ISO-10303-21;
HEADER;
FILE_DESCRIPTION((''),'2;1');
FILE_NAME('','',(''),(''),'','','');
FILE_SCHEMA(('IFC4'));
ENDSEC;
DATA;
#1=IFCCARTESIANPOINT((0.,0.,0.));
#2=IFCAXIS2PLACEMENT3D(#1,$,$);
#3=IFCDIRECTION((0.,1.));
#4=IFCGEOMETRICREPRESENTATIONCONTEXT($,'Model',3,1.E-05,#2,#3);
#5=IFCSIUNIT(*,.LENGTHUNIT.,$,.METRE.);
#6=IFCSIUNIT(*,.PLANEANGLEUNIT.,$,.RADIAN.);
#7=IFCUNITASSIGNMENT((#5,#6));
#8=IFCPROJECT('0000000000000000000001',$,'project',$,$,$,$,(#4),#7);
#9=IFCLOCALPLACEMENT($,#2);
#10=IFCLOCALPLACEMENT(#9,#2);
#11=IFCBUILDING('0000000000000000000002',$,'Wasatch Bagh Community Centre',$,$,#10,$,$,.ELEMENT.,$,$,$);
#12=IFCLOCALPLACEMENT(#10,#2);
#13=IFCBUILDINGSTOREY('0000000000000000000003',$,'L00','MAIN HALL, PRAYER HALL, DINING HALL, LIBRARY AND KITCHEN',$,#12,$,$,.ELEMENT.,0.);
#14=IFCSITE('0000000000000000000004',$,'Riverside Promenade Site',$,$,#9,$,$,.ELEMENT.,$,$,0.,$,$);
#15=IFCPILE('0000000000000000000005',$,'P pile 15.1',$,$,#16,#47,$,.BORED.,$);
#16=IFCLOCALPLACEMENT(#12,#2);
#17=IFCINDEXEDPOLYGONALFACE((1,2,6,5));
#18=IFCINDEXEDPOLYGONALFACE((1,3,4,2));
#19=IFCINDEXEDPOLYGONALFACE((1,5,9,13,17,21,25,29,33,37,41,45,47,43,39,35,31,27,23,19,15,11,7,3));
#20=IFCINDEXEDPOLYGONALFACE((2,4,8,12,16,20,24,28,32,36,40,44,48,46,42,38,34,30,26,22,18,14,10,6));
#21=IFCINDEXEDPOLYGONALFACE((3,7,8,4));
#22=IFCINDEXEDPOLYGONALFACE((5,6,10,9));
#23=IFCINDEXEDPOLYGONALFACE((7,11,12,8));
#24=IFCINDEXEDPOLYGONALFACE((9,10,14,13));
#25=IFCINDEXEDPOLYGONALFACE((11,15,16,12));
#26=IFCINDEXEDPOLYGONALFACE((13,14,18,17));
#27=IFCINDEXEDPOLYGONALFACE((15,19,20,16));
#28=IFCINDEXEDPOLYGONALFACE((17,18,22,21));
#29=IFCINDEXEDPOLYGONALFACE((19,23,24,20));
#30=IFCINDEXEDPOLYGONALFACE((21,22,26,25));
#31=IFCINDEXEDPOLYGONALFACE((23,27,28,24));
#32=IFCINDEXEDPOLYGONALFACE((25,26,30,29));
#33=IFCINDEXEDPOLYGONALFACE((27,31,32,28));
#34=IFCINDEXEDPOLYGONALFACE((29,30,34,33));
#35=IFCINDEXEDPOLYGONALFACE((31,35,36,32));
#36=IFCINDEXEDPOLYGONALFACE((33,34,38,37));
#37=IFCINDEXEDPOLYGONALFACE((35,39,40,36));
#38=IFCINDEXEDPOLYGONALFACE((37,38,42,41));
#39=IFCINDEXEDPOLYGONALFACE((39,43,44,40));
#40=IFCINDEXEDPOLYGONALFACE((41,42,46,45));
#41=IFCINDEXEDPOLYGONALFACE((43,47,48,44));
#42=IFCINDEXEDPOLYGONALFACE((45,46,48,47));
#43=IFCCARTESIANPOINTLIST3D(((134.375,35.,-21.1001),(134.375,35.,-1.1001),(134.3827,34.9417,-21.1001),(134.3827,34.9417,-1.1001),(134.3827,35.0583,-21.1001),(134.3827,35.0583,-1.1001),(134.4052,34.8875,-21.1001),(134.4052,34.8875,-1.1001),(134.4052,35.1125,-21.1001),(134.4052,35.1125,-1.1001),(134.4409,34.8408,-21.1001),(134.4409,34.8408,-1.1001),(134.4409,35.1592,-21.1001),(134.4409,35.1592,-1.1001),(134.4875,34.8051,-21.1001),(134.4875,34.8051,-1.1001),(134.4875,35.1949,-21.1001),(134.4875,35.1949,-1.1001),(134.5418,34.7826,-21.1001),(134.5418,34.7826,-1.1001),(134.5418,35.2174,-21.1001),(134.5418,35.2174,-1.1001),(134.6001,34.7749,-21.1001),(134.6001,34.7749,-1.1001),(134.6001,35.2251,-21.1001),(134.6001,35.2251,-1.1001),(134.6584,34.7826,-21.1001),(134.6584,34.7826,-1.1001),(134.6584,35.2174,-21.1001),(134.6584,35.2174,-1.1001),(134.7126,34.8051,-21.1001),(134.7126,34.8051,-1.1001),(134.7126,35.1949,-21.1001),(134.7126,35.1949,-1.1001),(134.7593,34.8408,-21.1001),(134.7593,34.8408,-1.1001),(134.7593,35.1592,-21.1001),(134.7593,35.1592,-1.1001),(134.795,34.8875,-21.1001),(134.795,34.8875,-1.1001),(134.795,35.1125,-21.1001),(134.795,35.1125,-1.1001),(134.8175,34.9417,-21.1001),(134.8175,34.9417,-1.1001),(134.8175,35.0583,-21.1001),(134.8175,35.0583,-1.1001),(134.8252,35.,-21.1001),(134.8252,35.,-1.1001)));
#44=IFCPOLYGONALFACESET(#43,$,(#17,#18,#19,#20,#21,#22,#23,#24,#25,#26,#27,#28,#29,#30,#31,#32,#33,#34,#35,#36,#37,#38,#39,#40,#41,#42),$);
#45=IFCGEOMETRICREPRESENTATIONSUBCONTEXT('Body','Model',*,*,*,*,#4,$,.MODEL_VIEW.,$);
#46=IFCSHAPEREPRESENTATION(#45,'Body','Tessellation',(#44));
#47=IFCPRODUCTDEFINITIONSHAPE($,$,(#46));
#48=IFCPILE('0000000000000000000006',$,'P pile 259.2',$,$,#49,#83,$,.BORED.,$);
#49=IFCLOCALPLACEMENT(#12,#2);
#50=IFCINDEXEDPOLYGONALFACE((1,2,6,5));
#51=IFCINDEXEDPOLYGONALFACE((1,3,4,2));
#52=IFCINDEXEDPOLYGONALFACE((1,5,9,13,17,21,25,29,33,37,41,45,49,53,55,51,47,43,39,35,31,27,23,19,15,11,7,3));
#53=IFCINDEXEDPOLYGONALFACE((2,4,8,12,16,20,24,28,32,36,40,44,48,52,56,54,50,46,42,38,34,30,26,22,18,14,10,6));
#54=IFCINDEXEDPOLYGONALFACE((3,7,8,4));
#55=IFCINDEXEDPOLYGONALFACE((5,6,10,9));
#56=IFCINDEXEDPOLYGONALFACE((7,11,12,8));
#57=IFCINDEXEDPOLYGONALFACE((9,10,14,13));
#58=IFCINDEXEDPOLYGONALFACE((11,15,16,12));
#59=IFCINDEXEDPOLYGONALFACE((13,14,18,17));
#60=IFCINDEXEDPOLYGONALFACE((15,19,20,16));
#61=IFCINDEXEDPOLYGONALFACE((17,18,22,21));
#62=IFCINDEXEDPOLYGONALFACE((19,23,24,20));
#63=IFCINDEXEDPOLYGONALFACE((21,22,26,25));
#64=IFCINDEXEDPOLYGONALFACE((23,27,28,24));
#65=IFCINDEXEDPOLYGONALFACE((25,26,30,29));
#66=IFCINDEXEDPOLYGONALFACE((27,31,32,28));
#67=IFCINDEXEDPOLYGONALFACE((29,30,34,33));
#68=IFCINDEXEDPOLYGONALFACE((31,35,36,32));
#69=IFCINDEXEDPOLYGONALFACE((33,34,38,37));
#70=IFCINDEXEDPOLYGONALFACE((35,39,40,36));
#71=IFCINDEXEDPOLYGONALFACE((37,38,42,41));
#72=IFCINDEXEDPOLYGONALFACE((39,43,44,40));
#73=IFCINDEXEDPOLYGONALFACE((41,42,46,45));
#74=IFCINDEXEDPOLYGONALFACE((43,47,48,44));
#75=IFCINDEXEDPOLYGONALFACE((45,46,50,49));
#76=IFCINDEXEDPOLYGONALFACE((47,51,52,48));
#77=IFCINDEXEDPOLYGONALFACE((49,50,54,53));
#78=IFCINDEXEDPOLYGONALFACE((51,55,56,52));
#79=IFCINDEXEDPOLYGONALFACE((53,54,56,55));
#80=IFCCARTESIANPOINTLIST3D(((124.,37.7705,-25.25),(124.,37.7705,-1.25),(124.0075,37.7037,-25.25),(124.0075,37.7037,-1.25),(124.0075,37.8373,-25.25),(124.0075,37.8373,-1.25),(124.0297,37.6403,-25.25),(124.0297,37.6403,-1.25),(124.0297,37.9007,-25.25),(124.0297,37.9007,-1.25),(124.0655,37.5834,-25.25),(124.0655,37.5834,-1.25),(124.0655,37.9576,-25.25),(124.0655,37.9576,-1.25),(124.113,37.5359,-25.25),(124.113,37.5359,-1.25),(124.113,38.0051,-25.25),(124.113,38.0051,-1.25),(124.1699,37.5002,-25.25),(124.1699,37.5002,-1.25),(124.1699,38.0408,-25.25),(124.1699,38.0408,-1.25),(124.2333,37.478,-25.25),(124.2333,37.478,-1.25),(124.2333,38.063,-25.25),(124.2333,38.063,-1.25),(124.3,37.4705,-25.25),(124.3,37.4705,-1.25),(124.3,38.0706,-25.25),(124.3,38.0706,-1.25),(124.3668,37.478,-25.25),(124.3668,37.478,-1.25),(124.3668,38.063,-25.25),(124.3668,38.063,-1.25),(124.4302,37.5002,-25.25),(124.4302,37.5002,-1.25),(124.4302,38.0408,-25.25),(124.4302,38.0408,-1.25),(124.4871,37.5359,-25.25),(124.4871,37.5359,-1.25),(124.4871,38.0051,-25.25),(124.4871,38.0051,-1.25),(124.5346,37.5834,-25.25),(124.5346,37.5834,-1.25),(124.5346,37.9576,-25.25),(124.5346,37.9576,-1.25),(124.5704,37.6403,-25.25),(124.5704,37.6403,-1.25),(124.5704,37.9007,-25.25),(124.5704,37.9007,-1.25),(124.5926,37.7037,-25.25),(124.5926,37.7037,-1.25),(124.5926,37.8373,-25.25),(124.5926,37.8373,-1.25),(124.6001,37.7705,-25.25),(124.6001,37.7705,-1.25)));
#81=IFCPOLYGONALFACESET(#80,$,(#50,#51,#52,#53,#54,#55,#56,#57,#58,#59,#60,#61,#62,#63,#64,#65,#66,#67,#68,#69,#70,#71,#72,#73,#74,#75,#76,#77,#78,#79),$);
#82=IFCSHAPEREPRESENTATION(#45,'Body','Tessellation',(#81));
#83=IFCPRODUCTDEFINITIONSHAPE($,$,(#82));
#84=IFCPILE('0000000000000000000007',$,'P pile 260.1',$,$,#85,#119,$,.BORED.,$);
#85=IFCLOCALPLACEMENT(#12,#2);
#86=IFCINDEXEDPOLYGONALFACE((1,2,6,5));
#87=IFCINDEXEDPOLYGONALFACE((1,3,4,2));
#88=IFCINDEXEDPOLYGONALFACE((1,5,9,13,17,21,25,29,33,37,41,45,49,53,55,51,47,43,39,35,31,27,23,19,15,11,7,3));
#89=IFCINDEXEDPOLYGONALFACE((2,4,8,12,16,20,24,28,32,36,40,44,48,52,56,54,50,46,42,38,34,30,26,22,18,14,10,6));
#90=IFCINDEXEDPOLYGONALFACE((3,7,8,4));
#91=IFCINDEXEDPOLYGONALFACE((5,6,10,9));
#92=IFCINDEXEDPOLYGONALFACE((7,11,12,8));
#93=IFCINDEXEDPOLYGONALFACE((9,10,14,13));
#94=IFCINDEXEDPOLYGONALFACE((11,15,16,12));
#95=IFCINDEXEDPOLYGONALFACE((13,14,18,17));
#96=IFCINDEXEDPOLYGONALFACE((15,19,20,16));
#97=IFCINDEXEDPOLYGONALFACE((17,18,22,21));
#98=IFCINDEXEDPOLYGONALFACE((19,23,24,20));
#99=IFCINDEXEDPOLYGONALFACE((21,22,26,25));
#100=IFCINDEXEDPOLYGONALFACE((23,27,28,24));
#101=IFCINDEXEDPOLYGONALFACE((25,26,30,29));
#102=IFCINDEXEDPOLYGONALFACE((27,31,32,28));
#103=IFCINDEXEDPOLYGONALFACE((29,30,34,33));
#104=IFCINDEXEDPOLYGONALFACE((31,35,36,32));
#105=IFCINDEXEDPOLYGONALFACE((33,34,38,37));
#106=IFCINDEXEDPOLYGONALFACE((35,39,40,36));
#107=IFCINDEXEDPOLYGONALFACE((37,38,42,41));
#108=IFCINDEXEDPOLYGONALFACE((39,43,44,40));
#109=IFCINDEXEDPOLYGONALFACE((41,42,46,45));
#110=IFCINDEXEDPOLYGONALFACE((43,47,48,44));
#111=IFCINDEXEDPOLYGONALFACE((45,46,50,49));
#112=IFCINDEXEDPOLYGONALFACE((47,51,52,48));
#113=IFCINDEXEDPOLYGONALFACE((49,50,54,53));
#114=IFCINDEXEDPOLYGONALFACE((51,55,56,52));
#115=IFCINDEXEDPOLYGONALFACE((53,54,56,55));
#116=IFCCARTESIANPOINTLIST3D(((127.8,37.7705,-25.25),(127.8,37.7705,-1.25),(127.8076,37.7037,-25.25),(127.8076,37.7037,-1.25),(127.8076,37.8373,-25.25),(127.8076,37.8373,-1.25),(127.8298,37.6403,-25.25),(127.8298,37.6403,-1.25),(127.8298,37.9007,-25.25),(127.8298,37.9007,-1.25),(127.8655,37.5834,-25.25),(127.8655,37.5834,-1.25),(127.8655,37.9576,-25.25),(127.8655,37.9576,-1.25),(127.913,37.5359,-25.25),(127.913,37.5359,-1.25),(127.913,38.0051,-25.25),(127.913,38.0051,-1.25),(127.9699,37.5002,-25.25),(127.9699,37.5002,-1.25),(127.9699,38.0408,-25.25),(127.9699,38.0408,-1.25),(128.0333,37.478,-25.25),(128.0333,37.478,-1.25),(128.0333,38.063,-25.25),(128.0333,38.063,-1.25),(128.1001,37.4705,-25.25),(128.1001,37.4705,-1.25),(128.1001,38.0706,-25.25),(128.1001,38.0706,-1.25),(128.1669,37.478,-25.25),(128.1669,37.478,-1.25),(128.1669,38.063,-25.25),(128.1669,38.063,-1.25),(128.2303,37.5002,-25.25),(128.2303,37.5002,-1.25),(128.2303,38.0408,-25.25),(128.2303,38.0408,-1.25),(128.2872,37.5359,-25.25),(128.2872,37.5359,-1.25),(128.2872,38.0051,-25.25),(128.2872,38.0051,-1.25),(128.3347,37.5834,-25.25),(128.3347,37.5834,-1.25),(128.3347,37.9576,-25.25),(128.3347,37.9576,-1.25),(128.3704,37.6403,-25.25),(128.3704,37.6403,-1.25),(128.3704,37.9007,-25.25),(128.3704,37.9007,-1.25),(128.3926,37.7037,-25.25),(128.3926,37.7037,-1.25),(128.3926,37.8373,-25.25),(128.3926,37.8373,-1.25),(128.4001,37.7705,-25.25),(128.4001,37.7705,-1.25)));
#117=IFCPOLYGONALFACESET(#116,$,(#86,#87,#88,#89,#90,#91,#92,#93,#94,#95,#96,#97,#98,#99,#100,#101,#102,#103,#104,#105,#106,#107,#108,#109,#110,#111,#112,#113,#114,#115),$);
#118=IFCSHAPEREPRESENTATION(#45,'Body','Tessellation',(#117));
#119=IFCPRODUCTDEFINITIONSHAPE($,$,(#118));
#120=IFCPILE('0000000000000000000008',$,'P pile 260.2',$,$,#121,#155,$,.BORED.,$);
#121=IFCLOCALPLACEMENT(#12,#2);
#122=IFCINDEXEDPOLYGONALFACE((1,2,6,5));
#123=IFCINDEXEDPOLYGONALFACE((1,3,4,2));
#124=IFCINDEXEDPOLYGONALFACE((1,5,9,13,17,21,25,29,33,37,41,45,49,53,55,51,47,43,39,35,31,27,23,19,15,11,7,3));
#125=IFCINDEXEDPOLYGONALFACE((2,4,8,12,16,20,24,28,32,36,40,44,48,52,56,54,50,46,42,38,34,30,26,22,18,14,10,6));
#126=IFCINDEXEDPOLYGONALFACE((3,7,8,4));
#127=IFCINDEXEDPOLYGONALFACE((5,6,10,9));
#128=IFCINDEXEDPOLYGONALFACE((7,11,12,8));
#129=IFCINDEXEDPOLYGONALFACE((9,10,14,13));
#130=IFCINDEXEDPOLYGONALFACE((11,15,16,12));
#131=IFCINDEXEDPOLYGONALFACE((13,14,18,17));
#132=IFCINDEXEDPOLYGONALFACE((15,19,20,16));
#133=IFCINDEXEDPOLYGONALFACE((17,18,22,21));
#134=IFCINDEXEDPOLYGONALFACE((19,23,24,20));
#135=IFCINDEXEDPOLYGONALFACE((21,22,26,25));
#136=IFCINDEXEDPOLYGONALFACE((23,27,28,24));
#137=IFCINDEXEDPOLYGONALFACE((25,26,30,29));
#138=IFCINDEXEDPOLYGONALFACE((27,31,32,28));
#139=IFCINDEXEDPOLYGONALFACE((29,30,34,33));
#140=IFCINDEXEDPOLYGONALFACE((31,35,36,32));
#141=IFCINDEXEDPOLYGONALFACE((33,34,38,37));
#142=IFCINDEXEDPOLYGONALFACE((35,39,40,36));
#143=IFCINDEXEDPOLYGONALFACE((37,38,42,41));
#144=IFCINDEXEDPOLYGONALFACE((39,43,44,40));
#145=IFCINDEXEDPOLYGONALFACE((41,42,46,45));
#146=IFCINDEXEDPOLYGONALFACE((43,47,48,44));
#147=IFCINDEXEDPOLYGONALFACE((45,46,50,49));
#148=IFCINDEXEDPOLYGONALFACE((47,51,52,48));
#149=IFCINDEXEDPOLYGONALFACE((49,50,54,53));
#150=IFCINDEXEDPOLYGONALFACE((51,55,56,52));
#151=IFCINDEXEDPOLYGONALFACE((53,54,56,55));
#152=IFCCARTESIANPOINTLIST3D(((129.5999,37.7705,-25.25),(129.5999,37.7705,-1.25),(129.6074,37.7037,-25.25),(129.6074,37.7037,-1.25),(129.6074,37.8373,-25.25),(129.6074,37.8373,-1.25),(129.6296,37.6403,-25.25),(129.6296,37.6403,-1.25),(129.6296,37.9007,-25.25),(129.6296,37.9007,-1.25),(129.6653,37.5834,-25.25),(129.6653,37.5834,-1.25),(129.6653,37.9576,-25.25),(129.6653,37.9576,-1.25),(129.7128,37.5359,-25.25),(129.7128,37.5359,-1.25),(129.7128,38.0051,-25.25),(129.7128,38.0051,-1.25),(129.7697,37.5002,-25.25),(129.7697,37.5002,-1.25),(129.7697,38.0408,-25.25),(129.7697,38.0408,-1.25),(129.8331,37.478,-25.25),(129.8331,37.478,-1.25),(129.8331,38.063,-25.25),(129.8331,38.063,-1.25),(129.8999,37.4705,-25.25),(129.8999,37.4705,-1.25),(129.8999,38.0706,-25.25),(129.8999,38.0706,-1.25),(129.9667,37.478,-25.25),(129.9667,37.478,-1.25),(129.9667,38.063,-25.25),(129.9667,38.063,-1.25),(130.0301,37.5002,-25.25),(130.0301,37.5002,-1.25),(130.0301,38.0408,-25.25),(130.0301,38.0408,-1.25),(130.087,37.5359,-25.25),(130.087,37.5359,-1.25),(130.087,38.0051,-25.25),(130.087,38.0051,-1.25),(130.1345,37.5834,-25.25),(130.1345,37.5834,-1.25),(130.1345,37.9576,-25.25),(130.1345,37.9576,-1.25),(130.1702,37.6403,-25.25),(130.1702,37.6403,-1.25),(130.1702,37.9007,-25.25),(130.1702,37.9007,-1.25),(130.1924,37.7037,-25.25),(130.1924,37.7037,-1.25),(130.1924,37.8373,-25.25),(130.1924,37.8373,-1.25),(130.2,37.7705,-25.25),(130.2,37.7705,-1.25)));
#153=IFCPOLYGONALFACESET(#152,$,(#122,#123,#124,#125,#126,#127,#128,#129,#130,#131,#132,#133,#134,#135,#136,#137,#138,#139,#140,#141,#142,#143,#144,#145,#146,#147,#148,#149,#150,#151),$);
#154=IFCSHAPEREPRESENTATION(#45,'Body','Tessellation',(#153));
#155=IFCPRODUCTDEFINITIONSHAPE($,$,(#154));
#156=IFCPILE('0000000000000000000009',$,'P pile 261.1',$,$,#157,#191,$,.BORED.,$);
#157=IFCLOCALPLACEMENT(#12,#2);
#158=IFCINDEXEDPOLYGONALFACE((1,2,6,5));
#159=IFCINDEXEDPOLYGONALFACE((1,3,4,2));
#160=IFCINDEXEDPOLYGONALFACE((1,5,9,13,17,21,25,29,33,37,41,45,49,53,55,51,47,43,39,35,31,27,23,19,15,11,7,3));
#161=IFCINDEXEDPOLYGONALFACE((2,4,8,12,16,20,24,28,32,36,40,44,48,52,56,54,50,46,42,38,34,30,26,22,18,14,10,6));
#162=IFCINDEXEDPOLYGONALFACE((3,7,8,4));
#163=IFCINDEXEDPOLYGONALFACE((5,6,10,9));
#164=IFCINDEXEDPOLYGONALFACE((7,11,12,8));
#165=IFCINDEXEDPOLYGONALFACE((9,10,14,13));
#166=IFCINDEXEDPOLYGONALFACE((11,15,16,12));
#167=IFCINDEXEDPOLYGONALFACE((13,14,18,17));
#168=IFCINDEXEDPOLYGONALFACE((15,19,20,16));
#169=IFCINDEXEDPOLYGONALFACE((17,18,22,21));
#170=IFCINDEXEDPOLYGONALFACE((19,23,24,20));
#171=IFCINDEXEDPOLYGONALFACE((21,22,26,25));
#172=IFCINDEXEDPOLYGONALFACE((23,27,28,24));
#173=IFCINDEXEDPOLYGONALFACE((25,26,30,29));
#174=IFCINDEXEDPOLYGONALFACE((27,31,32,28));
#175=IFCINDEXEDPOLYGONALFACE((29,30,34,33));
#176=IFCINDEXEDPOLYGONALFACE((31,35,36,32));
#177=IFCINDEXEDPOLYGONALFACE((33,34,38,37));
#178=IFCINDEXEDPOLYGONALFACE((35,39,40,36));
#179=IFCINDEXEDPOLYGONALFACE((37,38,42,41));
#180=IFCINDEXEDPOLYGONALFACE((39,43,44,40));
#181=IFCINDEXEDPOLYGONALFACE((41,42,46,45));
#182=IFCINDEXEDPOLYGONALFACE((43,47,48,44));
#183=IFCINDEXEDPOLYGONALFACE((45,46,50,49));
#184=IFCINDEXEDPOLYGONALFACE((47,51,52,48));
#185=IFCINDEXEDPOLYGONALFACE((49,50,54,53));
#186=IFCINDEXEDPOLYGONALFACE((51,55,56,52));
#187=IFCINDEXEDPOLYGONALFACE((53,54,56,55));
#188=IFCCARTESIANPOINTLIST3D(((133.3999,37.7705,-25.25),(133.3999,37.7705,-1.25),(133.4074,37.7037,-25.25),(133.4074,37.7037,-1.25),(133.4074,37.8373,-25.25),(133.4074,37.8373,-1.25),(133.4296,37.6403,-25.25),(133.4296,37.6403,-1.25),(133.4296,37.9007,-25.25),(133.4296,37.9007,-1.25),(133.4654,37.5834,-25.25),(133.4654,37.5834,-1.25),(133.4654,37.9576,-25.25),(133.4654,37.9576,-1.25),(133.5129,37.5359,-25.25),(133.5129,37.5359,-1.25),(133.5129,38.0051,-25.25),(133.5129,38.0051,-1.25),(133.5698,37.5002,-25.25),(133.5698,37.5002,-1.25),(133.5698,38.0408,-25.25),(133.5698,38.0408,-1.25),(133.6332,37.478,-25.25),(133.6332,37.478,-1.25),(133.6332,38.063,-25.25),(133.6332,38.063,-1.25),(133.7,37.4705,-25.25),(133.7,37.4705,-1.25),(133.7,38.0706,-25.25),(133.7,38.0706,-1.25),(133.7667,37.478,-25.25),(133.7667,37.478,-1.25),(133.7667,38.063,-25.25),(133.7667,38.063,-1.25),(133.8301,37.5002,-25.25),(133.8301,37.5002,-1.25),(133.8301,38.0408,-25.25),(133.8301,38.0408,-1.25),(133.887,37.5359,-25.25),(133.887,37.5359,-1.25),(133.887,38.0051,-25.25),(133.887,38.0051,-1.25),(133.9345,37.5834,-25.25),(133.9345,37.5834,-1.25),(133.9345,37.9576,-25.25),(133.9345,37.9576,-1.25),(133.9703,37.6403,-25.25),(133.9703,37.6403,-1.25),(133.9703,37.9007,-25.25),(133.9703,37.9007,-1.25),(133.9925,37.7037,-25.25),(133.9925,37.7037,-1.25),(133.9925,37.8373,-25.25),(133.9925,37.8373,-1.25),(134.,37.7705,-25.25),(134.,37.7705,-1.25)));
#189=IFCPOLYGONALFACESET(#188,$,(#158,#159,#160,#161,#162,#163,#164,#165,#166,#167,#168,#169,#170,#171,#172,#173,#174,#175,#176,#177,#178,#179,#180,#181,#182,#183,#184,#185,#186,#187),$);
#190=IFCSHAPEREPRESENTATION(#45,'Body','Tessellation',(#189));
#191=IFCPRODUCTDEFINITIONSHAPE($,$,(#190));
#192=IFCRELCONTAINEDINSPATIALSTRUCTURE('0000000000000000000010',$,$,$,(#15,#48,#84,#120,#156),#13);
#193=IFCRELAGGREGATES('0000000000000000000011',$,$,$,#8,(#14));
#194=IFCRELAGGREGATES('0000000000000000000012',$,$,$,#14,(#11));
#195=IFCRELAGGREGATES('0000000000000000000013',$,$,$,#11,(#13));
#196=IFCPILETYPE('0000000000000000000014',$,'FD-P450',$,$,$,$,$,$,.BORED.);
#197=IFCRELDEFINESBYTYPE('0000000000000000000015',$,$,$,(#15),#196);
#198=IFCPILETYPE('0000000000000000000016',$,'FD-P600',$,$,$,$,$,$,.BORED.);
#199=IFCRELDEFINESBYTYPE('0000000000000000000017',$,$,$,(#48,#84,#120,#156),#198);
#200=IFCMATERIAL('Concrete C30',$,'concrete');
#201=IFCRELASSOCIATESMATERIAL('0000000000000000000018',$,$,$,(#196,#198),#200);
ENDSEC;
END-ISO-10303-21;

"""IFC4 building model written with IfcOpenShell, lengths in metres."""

from ifc_helpers import new_model, si_unit, direction, frame, origin, origin_2d, place, context, subcontext, project, spatial, circle, extrude, material, material_profile, profile_set, type_object, element, save


model = new_model("IFC4")

# Units and contexts
model_context = context("Model", 3, precision=1e-05, world=origin(), true_north=direction((0.0, 1.0)))
body_context = subcontext(model_context, "Body", "Model", "MODEL_VIEW")
ifc_project = project(units=[si_unit("LENGTHUNIT", "METRE"), si_unit("PLANEANGLEUNIT", "RADIAN")], contexts=[model_context])

# Site, building, storey
site_placement = place(None, origin())
site = spatial("IfcSite", under=ifc_project, at=site_placement, Name="Riverside Promenade Site", CompositionType="ELEMENT", RefElevation=0.0)
building_placement = place(site_placement, origin())
building = spatial("IfcBuilding", under=site, at=building_placement, Name="Wasatch Bagh Community Centre", CompositionType="ELEMENT")
storey_placement = place(building_placement, origin())
storey = spatial("IfcBuildingStorey", under=building, at=storey_placement, Name="L00", Description="MAIN HALL, PRAYER HALL, DINING HALL, LIBRARY AND KITCHEN", CompositionType="ELEMENT", Elevation=0.0)

# Piles
ifc_material_1 = material(Name="Concrete C30", Category="concrete")
ifc_material_profile_1 = material_profile(ifc_material_1, circle(Radius=0.2251, at=origin_2d()), Name="RC D450")
ifc_profile_set_1 = profile_set([ifc_material_profile_1], Name="Concrete C30")
pile_type_1 = type_object("IfcPileType", Name="FD-P450", PredefinedType="BORED", material=ifc_profile_set_1)
pile_placement = place(storey_placement, frame((134.6001, 35.0, -1.1001), z_axis=(0.0, 0.0, -1.0), x_axis=(1.0, 0.0, 0.0)))
element("IfcPile", 1, at=pile_placement, inside=storey, type_object=pile_type_1, Name="P pile 15.1", PredefinedType="BORED", context=body_context, shape_type="SweptSolid", body=[
    extrude(circle(Radius=0.2251, at=origin_2d()), origin(), (0.0, 0.0, 1.0), 20.0),
])
ifc_material_profile_2 = material_profile(ifc_material_1, circle(Radius=0.3, at=origin_2d()), Name="RC D600")
ifc_profile_set_2 = profile_set([ifc_material_profile_2], Name="Concrete C30")
pile_type_2 = type_object("IfcPileType", Name="FD-P600", PredefinedType="BORED", material=ifc_profile_set_2)
for number, where, z_axis, x_axis, name in (
    (2, (124.3, 37.7705, -1.25), (0.0, 0.0, -1.0), (1.0, 0.0, 0.0), "P pile 259.2"),
    (3, (128.1001, 37.7705, -1.25), (0.0, 0.0, -1.0), (1.0, 0.0, 0.0), "P pile 260.1"),
    (4, (129.8999, 37.7705, -1.25), (0.0, 0.0, -1.0), (1.0, 0.0, 0.0), "P pile 260.2"),
    (5, (133.7, 37.7705, -1.25), (0.0, 0.0, -1.0), (1.0, 0.0, 0.0), "P pile 261.1"),
):
    element("IfcPile", number, at=place(storey_placement, frame(where, z_axis=z_axis, x_axis=x_axis)), inside=storey, type_object=pile_type_2, Name=name, PredefinedType="BORED", context=body_context, shape_type="SweptSolid", body=[
        extrude(circle(Radius=0.3, at=origin_2d()), origin(), (0.0, 0.0, 1.0), 24.0),
    ])

save(model, "model.ifc")
